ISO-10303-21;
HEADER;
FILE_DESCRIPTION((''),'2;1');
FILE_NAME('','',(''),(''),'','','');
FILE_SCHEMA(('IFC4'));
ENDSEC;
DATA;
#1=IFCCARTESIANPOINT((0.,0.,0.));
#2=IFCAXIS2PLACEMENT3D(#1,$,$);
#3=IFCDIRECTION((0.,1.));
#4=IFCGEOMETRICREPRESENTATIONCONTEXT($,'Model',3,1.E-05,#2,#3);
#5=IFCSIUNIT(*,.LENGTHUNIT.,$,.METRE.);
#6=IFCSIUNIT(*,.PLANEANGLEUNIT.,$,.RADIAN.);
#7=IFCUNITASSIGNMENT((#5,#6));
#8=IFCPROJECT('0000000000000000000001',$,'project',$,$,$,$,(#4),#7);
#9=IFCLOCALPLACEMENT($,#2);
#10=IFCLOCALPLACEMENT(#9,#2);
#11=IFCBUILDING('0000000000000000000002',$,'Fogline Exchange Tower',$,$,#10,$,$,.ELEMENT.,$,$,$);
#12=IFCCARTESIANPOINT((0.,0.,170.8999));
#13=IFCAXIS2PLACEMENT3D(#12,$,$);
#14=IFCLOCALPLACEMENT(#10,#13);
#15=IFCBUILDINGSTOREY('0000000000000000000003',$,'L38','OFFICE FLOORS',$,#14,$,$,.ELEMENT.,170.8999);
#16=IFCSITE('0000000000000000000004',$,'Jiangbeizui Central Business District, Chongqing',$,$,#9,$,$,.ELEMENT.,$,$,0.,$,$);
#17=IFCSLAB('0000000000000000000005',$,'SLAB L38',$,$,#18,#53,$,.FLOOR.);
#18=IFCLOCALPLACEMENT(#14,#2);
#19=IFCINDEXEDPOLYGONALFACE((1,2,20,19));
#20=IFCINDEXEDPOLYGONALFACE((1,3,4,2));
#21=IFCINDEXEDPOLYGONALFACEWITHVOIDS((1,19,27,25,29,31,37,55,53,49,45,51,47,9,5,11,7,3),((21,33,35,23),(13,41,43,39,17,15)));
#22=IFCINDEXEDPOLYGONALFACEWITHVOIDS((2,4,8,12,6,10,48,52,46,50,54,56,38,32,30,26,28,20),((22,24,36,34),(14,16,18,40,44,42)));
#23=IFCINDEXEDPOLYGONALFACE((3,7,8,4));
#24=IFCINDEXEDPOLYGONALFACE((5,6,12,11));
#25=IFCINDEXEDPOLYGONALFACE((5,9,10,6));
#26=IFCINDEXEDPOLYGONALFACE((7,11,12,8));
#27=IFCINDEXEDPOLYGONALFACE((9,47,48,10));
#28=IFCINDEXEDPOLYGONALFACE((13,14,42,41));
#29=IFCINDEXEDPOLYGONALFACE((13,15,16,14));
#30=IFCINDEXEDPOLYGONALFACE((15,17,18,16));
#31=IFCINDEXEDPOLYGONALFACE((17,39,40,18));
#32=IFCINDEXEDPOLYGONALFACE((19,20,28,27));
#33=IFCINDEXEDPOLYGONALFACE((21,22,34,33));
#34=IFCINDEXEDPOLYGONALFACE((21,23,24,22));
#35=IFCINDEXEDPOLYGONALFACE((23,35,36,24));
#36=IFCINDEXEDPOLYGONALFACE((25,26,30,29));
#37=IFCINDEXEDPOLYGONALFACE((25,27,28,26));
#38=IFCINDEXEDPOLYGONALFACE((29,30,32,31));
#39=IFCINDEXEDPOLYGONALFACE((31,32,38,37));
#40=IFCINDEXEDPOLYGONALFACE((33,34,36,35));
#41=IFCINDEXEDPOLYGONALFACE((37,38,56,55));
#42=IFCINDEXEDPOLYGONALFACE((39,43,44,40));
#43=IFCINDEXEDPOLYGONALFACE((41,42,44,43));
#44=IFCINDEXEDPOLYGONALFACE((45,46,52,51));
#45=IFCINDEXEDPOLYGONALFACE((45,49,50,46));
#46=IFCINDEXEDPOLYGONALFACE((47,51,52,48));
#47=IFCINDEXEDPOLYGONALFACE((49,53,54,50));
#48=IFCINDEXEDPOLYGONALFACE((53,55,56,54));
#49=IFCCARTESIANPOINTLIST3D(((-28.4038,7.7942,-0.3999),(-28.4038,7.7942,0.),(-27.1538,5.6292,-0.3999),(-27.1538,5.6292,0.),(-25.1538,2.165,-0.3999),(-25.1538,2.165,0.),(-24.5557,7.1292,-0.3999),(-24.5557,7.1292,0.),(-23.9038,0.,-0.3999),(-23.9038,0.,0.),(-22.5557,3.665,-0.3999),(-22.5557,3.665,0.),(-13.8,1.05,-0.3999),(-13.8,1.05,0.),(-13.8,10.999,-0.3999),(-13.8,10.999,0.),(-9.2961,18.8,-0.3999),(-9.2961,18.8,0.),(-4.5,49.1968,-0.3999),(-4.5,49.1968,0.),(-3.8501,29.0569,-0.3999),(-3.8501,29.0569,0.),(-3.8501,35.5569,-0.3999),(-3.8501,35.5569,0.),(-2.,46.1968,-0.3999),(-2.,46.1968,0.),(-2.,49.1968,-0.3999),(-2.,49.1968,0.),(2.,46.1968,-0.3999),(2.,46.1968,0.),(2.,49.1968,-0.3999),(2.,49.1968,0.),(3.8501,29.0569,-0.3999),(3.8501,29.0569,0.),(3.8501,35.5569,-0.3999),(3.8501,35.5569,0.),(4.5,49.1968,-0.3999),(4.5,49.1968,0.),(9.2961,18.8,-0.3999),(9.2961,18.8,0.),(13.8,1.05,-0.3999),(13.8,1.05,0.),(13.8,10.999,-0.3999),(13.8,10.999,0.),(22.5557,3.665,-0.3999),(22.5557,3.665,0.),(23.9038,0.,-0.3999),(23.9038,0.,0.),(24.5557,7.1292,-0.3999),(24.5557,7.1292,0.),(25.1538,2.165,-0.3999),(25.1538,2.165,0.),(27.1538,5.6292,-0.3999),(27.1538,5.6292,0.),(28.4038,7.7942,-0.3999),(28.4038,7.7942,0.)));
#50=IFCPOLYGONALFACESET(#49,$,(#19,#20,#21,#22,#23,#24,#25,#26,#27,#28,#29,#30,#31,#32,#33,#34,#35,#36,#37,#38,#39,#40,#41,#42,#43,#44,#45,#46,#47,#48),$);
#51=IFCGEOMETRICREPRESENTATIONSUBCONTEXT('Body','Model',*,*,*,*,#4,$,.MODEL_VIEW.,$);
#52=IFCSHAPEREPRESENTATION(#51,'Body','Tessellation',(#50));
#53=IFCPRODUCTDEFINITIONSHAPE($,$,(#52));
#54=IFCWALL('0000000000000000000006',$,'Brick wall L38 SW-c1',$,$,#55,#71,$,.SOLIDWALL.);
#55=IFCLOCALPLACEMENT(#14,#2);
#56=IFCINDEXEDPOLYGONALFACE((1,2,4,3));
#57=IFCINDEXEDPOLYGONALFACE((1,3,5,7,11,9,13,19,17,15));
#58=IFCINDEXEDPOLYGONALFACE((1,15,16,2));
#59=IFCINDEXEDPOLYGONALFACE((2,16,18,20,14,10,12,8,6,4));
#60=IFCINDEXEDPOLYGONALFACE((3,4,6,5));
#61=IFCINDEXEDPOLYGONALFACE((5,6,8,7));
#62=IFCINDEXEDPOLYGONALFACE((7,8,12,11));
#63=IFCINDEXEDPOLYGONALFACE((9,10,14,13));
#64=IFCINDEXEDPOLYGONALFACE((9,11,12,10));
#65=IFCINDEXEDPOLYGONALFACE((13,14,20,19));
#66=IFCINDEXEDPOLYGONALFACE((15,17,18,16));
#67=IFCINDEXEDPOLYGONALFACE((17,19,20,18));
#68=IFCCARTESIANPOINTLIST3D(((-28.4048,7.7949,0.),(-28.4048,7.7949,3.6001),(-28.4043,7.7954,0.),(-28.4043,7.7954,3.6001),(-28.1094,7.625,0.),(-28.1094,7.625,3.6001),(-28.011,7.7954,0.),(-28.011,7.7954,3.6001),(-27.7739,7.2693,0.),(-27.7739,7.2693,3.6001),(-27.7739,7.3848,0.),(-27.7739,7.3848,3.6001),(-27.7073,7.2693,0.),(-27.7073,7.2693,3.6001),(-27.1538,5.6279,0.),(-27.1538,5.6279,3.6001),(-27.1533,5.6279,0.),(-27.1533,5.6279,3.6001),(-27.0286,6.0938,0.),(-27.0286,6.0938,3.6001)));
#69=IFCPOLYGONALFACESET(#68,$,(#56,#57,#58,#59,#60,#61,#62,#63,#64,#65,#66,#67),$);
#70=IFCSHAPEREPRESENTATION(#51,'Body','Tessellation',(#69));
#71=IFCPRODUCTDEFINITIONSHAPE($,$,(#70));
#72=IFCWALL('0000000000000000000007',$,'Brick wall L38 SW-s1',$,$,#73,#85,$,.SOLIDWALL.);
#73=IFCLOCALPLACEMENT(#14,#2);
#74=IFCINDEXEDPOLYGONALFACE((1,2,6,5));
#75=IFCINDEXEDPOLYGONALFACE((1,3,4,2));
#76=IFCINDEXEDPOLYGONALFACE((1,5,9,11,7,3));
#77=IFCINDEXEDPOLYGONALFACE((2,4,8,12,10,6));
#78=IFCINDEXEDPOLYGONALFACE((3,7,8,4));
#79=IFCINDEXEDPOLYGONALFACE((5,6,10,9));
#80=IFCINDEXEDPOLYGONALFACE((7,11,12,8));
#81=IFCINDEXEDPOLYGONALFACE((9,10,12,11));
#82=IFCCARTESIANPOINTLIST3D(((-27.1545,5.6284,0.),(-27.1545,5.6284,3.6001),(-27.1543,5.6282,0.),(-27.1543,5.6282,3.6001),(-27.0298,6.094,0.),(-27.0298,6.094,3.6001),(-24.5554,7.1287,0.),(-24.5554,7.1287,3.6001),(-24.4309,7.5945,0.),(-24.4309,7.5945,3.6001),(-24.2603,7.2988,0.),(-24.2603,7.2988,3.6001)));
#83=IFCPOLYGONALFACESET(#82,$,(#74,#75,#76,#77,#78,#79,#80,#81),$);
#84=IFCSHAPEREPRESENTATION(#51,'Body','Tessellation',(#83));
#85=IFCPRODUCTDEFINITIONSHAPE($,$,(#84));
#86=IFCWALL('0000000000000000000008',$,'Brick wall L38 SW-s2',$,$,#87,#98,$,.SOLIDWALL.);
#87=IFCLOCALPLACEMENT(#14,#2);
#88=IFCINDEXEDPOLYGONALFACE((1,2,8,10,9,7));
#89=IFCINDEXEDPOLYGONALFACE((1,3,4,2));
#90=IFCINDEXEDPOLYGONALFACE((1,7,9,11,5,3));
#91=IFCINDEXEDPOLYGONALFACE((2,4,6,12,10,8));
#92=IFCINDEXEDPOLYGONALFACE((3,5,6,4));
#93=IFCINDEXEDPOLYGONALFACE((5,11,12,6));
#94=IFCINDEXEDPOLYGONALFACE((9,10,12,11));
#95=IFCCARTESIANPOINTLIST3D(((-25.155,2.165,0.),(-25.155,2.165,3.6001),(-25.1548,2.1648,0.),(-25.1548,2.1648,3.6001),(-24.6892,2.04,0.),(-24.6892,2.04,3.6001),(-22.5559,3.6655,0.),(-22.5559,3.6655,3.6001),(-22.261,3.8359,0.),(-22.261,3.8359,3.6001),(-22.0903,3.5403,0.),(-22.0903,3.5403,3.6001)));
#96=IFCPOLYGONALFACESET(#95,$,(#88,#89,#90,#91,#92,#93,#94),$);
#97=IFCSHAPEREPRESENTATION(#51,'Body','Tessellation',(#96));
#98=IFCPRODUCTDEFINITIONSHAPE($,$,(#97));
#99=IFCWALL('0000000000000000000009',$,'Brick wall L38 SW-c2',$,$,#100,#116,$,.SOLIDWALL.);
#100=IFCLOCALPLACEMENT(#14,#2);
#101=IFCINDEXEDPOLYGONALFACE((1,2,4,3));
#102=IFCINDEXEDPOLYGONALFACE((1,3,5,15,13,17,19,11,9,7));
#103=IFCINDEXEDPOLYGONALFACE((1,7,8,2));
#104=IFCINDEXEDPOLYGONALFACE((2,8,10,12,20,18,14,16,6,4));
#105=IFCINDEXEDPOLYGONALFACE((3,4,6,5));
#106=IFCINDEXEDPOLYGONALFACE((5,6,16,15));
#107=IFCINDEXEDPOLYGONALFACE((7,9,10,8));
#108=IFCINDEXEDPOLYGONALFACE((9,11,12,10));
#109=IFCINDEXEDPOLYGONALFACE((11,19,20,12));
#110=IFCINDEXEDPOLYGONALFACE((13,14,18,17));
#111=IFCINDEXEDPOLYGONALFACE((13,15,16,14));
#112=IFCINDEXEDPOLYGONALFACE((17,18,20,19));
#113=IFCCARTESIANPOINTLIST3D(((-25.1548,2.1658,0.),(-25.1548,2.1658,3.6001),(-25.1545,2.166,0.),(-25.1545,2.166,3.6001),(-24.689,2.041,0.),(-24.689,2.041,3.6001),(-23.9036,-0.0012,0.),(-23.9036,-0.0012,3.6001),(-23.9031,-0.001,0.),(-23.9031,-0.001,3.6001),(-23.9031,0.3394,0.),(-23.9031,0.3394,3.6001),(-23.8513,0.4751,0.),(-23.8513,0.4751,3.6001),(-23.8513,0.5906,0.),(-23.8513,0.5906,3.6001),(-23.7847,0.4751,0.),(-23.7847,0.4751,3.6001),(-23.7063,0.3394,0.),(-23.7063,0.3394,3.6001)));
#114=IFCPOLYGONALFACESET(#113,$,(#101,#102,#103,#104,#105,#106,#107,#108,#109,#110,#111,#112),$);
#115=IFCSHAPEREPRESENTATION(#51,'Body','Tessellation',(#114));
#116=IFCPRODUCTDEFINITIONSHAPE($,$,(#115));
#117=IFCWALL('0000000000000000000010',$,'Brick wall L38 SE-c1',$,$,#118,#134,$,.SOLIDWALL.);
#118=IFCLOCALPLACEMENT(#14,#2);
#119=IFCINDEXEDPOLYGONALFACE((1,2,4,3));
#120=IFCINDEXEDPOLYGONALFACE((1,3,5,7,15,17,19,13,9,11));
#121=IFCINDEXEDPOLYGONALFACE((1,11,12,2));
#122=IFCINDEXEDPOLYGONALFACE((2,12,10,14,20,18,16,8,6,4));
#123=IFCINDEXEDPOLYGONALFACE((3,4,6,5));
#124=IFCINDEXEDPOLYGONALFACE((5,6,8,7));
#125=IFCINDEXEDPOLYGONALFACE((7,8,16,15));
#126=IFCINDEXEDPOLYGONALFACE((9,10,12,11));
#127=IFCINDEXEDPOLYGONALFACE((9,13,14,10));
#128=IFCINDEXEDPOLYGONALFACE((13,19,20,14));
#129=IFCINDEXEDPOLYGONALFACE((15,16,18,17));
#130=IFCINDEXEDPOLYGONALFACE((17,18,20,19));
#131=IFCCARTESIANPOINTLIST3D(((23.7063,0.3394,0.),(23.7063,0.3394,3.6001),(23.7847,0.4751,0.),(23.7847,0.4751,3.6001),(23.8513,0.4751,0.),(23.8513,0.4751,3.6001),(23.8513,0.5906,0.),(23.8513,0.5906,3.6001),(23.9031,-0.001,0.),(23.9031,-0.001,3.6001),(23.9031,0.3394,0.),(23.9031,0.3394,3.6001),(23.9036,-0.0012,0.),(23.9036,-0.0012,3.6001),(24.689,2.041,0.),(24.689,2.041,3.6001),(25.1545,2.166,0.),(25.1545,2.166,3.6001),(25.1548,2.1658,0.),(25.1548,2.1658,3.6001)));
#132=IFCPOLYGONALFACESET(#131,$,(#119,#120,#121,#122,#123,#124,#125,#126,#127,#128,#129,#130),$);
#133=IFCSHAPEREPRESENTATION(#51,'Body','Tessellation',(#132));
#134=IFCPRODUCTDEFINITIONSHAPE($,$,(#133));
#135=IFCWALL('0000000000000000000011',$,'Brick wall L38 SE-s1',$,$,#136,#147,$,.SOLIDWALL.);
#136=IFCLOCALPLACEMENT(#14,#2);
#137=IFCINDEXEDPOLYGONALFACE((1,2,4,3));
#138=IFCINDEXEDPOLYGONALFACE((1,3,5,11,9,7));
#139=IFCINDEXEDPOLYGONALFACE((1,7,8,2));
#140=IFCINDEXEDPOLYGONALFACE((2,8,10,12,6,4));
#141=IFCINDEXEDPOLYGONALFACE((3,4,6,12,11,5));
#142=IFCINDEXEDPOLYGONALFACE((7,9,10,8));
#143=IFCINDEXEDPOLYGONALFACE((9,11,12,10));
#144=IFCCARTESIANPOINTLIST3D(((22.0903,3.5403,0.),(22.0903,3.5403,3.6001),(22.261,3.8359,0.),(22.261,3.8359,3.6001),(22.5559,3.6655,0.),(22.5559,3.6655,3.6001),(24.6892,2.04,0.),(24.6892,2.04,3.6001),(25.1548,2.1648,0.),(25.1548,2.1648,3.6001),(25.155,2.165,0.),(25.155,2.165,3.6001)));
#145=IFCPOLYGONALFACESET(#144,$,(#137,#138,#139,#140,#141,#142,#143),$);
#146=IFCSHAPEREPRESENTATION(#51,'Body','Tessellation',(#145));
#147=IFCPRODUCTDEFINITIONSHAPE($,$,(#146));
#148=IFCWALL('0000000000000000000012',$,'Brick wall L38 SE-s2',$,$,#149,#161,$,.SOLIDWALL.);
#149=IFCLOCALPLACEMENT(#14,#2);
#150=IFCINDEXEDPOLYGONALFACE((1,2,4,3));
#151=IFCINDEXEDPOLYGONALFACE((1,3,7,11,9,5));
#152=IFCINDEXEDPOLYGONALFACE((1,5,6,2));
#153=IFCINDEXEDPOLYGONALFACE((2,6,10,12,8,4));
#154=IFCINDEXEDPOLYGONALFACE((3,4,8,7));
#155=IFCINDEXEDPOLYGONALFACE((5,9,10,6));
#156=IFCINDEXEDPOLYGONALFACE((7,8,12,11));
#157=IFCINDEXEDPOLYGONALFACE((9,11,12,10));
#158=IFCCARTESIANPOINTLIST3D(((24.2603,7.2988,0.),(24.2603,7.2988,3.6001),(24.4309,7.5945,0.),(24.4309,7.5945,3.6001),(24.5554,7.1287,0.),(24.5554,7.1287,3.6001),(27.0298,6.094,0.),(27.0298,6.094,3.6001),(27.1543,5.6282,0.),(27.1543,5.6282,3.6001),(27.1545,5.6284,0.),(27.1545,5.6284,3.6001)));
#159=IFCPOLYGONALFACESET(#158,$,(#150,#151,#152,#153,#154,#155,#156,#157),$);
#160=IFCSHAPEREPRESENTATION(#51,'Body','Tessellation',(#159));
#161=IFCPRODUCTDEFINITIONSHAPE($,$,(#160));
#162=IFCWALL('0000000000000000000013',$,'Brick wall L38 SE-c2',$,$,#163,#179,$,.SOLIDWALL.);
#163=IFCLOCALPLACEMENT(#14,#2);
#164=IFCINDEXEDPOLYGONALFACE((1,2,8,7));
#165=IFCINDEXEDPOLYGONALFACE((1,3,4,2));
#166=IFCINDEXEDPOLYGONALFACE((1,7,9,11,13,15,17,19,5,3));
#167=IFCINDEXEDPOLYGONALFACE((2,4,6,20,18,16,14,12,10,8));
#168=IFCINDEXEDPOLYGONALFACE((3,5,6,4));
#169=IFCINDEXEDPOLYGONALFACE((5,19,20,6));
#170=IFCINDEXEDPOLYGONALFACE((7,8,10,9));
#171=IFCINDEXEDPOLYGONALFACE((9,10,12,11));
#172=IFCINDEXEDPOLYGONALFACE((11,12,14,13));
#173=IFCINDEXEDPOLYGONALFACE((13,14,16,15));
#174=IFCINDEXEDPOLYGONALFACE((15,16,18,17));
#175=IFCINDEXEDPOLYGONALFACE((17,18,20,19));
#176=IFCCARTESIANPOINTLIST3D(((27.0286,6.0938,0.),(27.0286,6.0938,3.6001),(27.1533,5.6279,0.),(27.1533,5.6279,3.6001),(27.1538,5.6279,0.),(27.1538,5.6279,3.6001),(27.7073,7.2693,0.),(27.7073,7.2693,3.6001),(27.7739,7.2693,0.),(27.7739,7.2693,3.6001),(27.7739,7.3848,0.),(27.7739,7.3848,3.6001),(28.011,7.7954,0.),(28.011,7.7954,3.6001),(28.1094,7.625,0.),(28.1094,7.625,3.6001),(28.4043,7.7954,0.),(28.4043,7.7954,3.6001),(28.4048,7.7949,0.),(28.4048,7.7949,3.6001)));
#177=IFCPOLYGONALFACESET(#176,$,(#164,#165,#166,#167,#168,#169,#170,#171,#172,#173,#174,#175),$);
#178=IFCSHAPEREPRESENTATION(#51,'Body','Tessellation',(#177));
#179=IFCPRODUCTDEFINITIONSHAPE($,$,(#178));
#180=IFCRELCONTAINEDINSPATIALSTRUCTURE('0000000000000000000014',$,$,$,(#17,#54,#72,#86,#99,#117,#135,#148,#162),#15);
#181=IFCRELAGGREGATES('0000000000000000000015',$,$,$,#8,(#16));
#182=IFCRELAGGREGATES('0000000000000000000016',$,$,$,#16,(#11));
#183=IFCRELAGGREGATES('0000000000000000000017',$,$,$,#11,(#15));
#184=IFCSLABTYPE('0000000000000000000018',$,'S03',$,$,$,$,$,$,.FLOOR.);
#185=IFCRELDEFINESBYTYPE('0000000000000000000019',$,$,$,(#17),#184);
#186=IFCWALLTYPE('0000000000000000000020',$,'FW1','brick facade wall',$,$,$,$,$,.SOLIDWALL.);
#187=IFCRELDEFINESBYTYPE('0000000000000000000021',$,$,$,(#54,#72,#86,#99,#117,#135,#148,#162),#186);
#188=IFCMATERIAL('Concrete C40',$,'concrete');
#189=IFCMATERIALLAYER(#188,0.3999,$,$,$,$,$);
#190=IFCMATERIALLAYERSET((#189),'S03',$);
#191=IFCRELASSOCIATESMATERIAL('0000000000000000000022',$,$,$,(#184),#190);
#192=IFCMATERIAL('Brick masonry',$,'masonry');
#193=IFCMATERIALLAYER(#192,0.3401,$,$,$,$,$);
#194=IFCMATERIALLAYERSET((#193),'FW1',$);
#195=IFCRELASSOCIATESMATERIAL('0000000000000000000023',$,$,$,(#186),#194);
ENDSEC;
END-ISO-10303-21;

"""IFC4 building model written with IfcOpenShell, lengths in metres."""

from ifc_helpers import new_model, si_unit, direction, frame, origin, place, context, subcontext, project, spatial, polyline, outline, extrude, material, layer, layer_set, type_object, element, save


model = new_model("IFC4")

# Units and contexts
model_context = context("Model", 3, precision=1e-05, world=origin(), true_north=direction((0.0, 1.0)))
body_context = subcontext(model_context, "Body", "Model", "MODEL_VIEW")
ifc_project = project(units=[si_unit("LENGTHUNIT", "METRE"), si_unit("PLANEANGLEUNIT", "RADIAN")], contexts=[model_context])

# Site, building, storey
site_placement = place(None, origin())
site = spatial("IfcSite", under=ifc_project, at=site_placement, Name="Jiangbeizui Central Business District, Chongqing", CompositionType="ELEMENT", RefElevation=0.0)
building_placement = place(site_placement, origin())
building = spatial("IfcBuilding", under=site, at=building_placement, Name="Fogline Exchange Tower", CompositionType="ELEMENT")
storey_placement = place(building_placement, frame((0.0, 0.0, 170.8999)))
storey = spatial("IfcBuildingStorey", under=building, at=storey_placement, Name="L38", Description="OFFICE FLOORS", CompositionType="ELEMENT", Elevation=170.8999)

# Slab
ifc_material_1 = material(Name="Concrete C40", Category="concrete")
ifc_layer_1 = layer(ifc_material_1, 0.3999)
ifc_layer_set_1 = layer_set([ifc_layer_1], Name="S03")
slab_type = type_object("IfcSlabType", Name="S03", PredefinedType="FLOOR", material=ifc_layer_set_1)
slab_placement = place(storey_placement, frame((0.0, 0.0, -0.3999)))
element("IfcSlab", 1, at=slab_placement, inside=storey, type_object=slab_type, Name="SLAB L38", PredefinedType="FLOOR", context=body_context, shape_type="SweptSolid", body=[
    extrude(outline(polyline([(-2.0, 49.1968), (-4.5, 49.1968), (-28.4038, 7.7942), (-27.1538, 5.6292), (-24.5557, 7.1292), (-22.5557, 3.665), (-25.1538, 2.165), (-23.9038, 0.0), (23.9038, 0.0), (25.1538, 2.165), (22.5557, 3.665), (24.5557, 7.1292), (27.1538, 5.6292), (28.4038, 7.7942), (4.5, 49.1968), (2.0, 49.1968), (2.0, 46.1968), (-2.0, 46.1968), (-2.0, 49.1968)]), holes=[polyline([(13.8, 10.999), (13.8, 1.05), (-13.8, 1.05), (-13.8, 10.999), (-9.2961, 18.8), (9.2961, 18.8), (13.8, 10.999)]), polyline([(3.8501, 35.5569), (3.8501, 29.0569), (-3.8501, 29.0569), (-3.8501, 35.5569), (3.8501, 35.5569)])]), origin(), (0.0, 0.0, 1.0), 0.3999),
])

# Walls
ifc_material_2 = material(Name="Brick masonry", Category="masonry")
ifc_layer_2 = layer(ifc_material_2, 0.3401)
ifc_layer_set_2 = layer_set([ifc_layer_2], Name="FW1")
wall_type = type_object("IfcWallType", Name="FW1", Description="brick facade wall", PredefinedType="SOLIDWALL", material=ifc_layer_set_2)
wall_1_placement = place(storey_placement, origin())
element("IfcWall", 2, at=wall_1_placement, inside=storey, type_object=wall_type, Name="Brick wall L38 SW-c1", PredefinedType="SOLIDWALL", context=body_context, shape_type="SweptSolid", body=[
    extrude(outline(polyline([(-27.1538, 5.6279), (-28.4048, 7.7949), (-28.4043, 7.7954), (-28.1094, 7.625), (-28.011, 7.7954), (-27.7739, 7.3848), (-27.7739, 7.2693), (-27.7073, 7.2693), (-27.0286, 6.0938), (-27.1533, 5.6279), (-27.1538, 5.6279)])), origin(), (0.0, 0.0, 1.0), 3.6001),
])
wall_2_placement = place(storey_placement, origin())
element("IfcWall", 3, at=wall_2_placement, inside=storey, type_object=wall_type, Name="Brick wall L38 SW-s1", PredefinedType="SOLIDWALL", context=body_context, shape_type="SweptSolid", body=[
    extrude(outline(polyline([(-24.4309, 7.5945), (-24.2603, 7.2988), (-24.5554, 7.1287), (-27.1543, 5.6282), (-27.1545, 5.6284), (-27.0298, 6.094), (-24.4309, 7.5945)])), origin(), (0.0, 0.0, 1.0), 3.6001),
])
wall_3_placement = place(storey_placement, origin())
element("IfcWall", 4, at=wall_3_placement, inside=storey, type_object=wall_type, Name="Brick wall L38 SW-s2", PredefinedType="SOLIDWALL", context=body_context, shape_type="SweptSolid", body=[
    extrude(outline(polyline([(-25.155, 2.165), (-22.5559, 3.6655), (-22.261, 3.8359), (-22.0903, 3.5403), (-24.6892, 2.04), (-25.1548, 2.1648), (-25.155, 2.165)])), origin(), (0.0, 0.0, 1.0), 3.6001),
])
wall_4_placement = place(storey_placement, origin())
element("IfcWall", 5, at=wall_4_placement, inside=storey, type_object=wall_type, Name="Brick wall L38 SW-c2", PredefinedType="SOLIDWALL", context=body_context, shape_type="SweptSolid", body=[
    extrude(outline(polyline([(-23.8513, 0.5906), (-23.8513, 0.4751), (-23.7847, 0.4751), (-23.7063, 0.3394), (-23.9031, 0.3394), (-23.9031, -0.001), (-23.9036, -0.0012), (-25.1548, 2.1658), (-25.1545, 2.166), (-24.689, 2.041), (-23.8513, 0.5906)])), origin(), (0.0, 0.0, 1.0), 3.6001),
])
wall_5_placement = place(storey_placement, origin())
element("IfcWall", 6, at=wall_5_placement, inside=storey, type_object=wall_type, Name="Brick wall L38 SE-c1", PredefinedType="SOLIDWALL", context=body_context, shape_type="SweptSolid", body=[
    extrude(outline(polyline([(25.1548, 2.1658), (23.9036, -0.0012), (23.9031, -0.001), (23.9031, 0.3394), (23.7063, 0.3394), (23.7847, 0.4751), (23.8513, 0.4751), (23.8513, 0.5906), (24.689, 2.041), (25.1545, 2.166), (25.1548, 2.1658)])), origin(), (0.0, 0.0, 1.0), 3.6001),
])
wall_6_placement = place(storey_placement, origin())
element("IfcWall", 7, at=wall_6_placement, inside=storey, type_object=wall_type, Name="Brick wall L38 SE-s1", PredefinedType="SOLIDWALL", context=body_context, shape_type="SweptSolid", body=[
    extrude(outline(polyline([(22.0903, 3.5403), (22.261, 3.8359), (22.5559, 3.6655), (25.155, 2.165), (25.1548, 2.1648), (24.6892, 2.04), (22.0903, 3.5403)])), origin(), (0.0, 0.0, 1.0), 3.6001),
])
wall_7_placement = place(storey_placement, origin())
element("IfcWall", 8, at=wall_7_placement, inside=storey, type_object=wall_type, Name="Brick wall L38 SE-s2", PredefinedType="SOLIDWALL", context=body_context, shape_type="SweptSolid", body=[
    extrude(outline(polyline([(27.1543, 5.6282), (24.5554, 7.1287), (24.2603, 7.2988), (24.4309, 7.5945), (27.0298, 6.094), (27.1545, 5.6284), (27.1543, 5.6282)])), origin(), (0.0, 0.0, 1.0), 3.6001),
])
wall_8_placement = place(storey_placement, origin())
element("IfcWall", 9, at=wall_8_placement, inside=storey, type_object=wall_type, Name="Brick wall L38 SE-c2", PredefinedType="SOLIDWALL", context=body_context, shape_type="SweptSolid", body=[
    extrude(outline(polyline([(27.7073, 7.2693), (27.7739, 7.2693), (27.7739, 7.3848), (28.011, 7.7954), (28.1094, 7.625), (28.4043, 7.7954), (28.4048, 7.7949), (27.1538, 5.6279), (27.1533, 5.6279), (27.0286, 6.0938), (27.7073, 7.2693)])), origin(), (0.0, 0.0, 1.0), 3.6001),
])

save(model, "model.ifc")
